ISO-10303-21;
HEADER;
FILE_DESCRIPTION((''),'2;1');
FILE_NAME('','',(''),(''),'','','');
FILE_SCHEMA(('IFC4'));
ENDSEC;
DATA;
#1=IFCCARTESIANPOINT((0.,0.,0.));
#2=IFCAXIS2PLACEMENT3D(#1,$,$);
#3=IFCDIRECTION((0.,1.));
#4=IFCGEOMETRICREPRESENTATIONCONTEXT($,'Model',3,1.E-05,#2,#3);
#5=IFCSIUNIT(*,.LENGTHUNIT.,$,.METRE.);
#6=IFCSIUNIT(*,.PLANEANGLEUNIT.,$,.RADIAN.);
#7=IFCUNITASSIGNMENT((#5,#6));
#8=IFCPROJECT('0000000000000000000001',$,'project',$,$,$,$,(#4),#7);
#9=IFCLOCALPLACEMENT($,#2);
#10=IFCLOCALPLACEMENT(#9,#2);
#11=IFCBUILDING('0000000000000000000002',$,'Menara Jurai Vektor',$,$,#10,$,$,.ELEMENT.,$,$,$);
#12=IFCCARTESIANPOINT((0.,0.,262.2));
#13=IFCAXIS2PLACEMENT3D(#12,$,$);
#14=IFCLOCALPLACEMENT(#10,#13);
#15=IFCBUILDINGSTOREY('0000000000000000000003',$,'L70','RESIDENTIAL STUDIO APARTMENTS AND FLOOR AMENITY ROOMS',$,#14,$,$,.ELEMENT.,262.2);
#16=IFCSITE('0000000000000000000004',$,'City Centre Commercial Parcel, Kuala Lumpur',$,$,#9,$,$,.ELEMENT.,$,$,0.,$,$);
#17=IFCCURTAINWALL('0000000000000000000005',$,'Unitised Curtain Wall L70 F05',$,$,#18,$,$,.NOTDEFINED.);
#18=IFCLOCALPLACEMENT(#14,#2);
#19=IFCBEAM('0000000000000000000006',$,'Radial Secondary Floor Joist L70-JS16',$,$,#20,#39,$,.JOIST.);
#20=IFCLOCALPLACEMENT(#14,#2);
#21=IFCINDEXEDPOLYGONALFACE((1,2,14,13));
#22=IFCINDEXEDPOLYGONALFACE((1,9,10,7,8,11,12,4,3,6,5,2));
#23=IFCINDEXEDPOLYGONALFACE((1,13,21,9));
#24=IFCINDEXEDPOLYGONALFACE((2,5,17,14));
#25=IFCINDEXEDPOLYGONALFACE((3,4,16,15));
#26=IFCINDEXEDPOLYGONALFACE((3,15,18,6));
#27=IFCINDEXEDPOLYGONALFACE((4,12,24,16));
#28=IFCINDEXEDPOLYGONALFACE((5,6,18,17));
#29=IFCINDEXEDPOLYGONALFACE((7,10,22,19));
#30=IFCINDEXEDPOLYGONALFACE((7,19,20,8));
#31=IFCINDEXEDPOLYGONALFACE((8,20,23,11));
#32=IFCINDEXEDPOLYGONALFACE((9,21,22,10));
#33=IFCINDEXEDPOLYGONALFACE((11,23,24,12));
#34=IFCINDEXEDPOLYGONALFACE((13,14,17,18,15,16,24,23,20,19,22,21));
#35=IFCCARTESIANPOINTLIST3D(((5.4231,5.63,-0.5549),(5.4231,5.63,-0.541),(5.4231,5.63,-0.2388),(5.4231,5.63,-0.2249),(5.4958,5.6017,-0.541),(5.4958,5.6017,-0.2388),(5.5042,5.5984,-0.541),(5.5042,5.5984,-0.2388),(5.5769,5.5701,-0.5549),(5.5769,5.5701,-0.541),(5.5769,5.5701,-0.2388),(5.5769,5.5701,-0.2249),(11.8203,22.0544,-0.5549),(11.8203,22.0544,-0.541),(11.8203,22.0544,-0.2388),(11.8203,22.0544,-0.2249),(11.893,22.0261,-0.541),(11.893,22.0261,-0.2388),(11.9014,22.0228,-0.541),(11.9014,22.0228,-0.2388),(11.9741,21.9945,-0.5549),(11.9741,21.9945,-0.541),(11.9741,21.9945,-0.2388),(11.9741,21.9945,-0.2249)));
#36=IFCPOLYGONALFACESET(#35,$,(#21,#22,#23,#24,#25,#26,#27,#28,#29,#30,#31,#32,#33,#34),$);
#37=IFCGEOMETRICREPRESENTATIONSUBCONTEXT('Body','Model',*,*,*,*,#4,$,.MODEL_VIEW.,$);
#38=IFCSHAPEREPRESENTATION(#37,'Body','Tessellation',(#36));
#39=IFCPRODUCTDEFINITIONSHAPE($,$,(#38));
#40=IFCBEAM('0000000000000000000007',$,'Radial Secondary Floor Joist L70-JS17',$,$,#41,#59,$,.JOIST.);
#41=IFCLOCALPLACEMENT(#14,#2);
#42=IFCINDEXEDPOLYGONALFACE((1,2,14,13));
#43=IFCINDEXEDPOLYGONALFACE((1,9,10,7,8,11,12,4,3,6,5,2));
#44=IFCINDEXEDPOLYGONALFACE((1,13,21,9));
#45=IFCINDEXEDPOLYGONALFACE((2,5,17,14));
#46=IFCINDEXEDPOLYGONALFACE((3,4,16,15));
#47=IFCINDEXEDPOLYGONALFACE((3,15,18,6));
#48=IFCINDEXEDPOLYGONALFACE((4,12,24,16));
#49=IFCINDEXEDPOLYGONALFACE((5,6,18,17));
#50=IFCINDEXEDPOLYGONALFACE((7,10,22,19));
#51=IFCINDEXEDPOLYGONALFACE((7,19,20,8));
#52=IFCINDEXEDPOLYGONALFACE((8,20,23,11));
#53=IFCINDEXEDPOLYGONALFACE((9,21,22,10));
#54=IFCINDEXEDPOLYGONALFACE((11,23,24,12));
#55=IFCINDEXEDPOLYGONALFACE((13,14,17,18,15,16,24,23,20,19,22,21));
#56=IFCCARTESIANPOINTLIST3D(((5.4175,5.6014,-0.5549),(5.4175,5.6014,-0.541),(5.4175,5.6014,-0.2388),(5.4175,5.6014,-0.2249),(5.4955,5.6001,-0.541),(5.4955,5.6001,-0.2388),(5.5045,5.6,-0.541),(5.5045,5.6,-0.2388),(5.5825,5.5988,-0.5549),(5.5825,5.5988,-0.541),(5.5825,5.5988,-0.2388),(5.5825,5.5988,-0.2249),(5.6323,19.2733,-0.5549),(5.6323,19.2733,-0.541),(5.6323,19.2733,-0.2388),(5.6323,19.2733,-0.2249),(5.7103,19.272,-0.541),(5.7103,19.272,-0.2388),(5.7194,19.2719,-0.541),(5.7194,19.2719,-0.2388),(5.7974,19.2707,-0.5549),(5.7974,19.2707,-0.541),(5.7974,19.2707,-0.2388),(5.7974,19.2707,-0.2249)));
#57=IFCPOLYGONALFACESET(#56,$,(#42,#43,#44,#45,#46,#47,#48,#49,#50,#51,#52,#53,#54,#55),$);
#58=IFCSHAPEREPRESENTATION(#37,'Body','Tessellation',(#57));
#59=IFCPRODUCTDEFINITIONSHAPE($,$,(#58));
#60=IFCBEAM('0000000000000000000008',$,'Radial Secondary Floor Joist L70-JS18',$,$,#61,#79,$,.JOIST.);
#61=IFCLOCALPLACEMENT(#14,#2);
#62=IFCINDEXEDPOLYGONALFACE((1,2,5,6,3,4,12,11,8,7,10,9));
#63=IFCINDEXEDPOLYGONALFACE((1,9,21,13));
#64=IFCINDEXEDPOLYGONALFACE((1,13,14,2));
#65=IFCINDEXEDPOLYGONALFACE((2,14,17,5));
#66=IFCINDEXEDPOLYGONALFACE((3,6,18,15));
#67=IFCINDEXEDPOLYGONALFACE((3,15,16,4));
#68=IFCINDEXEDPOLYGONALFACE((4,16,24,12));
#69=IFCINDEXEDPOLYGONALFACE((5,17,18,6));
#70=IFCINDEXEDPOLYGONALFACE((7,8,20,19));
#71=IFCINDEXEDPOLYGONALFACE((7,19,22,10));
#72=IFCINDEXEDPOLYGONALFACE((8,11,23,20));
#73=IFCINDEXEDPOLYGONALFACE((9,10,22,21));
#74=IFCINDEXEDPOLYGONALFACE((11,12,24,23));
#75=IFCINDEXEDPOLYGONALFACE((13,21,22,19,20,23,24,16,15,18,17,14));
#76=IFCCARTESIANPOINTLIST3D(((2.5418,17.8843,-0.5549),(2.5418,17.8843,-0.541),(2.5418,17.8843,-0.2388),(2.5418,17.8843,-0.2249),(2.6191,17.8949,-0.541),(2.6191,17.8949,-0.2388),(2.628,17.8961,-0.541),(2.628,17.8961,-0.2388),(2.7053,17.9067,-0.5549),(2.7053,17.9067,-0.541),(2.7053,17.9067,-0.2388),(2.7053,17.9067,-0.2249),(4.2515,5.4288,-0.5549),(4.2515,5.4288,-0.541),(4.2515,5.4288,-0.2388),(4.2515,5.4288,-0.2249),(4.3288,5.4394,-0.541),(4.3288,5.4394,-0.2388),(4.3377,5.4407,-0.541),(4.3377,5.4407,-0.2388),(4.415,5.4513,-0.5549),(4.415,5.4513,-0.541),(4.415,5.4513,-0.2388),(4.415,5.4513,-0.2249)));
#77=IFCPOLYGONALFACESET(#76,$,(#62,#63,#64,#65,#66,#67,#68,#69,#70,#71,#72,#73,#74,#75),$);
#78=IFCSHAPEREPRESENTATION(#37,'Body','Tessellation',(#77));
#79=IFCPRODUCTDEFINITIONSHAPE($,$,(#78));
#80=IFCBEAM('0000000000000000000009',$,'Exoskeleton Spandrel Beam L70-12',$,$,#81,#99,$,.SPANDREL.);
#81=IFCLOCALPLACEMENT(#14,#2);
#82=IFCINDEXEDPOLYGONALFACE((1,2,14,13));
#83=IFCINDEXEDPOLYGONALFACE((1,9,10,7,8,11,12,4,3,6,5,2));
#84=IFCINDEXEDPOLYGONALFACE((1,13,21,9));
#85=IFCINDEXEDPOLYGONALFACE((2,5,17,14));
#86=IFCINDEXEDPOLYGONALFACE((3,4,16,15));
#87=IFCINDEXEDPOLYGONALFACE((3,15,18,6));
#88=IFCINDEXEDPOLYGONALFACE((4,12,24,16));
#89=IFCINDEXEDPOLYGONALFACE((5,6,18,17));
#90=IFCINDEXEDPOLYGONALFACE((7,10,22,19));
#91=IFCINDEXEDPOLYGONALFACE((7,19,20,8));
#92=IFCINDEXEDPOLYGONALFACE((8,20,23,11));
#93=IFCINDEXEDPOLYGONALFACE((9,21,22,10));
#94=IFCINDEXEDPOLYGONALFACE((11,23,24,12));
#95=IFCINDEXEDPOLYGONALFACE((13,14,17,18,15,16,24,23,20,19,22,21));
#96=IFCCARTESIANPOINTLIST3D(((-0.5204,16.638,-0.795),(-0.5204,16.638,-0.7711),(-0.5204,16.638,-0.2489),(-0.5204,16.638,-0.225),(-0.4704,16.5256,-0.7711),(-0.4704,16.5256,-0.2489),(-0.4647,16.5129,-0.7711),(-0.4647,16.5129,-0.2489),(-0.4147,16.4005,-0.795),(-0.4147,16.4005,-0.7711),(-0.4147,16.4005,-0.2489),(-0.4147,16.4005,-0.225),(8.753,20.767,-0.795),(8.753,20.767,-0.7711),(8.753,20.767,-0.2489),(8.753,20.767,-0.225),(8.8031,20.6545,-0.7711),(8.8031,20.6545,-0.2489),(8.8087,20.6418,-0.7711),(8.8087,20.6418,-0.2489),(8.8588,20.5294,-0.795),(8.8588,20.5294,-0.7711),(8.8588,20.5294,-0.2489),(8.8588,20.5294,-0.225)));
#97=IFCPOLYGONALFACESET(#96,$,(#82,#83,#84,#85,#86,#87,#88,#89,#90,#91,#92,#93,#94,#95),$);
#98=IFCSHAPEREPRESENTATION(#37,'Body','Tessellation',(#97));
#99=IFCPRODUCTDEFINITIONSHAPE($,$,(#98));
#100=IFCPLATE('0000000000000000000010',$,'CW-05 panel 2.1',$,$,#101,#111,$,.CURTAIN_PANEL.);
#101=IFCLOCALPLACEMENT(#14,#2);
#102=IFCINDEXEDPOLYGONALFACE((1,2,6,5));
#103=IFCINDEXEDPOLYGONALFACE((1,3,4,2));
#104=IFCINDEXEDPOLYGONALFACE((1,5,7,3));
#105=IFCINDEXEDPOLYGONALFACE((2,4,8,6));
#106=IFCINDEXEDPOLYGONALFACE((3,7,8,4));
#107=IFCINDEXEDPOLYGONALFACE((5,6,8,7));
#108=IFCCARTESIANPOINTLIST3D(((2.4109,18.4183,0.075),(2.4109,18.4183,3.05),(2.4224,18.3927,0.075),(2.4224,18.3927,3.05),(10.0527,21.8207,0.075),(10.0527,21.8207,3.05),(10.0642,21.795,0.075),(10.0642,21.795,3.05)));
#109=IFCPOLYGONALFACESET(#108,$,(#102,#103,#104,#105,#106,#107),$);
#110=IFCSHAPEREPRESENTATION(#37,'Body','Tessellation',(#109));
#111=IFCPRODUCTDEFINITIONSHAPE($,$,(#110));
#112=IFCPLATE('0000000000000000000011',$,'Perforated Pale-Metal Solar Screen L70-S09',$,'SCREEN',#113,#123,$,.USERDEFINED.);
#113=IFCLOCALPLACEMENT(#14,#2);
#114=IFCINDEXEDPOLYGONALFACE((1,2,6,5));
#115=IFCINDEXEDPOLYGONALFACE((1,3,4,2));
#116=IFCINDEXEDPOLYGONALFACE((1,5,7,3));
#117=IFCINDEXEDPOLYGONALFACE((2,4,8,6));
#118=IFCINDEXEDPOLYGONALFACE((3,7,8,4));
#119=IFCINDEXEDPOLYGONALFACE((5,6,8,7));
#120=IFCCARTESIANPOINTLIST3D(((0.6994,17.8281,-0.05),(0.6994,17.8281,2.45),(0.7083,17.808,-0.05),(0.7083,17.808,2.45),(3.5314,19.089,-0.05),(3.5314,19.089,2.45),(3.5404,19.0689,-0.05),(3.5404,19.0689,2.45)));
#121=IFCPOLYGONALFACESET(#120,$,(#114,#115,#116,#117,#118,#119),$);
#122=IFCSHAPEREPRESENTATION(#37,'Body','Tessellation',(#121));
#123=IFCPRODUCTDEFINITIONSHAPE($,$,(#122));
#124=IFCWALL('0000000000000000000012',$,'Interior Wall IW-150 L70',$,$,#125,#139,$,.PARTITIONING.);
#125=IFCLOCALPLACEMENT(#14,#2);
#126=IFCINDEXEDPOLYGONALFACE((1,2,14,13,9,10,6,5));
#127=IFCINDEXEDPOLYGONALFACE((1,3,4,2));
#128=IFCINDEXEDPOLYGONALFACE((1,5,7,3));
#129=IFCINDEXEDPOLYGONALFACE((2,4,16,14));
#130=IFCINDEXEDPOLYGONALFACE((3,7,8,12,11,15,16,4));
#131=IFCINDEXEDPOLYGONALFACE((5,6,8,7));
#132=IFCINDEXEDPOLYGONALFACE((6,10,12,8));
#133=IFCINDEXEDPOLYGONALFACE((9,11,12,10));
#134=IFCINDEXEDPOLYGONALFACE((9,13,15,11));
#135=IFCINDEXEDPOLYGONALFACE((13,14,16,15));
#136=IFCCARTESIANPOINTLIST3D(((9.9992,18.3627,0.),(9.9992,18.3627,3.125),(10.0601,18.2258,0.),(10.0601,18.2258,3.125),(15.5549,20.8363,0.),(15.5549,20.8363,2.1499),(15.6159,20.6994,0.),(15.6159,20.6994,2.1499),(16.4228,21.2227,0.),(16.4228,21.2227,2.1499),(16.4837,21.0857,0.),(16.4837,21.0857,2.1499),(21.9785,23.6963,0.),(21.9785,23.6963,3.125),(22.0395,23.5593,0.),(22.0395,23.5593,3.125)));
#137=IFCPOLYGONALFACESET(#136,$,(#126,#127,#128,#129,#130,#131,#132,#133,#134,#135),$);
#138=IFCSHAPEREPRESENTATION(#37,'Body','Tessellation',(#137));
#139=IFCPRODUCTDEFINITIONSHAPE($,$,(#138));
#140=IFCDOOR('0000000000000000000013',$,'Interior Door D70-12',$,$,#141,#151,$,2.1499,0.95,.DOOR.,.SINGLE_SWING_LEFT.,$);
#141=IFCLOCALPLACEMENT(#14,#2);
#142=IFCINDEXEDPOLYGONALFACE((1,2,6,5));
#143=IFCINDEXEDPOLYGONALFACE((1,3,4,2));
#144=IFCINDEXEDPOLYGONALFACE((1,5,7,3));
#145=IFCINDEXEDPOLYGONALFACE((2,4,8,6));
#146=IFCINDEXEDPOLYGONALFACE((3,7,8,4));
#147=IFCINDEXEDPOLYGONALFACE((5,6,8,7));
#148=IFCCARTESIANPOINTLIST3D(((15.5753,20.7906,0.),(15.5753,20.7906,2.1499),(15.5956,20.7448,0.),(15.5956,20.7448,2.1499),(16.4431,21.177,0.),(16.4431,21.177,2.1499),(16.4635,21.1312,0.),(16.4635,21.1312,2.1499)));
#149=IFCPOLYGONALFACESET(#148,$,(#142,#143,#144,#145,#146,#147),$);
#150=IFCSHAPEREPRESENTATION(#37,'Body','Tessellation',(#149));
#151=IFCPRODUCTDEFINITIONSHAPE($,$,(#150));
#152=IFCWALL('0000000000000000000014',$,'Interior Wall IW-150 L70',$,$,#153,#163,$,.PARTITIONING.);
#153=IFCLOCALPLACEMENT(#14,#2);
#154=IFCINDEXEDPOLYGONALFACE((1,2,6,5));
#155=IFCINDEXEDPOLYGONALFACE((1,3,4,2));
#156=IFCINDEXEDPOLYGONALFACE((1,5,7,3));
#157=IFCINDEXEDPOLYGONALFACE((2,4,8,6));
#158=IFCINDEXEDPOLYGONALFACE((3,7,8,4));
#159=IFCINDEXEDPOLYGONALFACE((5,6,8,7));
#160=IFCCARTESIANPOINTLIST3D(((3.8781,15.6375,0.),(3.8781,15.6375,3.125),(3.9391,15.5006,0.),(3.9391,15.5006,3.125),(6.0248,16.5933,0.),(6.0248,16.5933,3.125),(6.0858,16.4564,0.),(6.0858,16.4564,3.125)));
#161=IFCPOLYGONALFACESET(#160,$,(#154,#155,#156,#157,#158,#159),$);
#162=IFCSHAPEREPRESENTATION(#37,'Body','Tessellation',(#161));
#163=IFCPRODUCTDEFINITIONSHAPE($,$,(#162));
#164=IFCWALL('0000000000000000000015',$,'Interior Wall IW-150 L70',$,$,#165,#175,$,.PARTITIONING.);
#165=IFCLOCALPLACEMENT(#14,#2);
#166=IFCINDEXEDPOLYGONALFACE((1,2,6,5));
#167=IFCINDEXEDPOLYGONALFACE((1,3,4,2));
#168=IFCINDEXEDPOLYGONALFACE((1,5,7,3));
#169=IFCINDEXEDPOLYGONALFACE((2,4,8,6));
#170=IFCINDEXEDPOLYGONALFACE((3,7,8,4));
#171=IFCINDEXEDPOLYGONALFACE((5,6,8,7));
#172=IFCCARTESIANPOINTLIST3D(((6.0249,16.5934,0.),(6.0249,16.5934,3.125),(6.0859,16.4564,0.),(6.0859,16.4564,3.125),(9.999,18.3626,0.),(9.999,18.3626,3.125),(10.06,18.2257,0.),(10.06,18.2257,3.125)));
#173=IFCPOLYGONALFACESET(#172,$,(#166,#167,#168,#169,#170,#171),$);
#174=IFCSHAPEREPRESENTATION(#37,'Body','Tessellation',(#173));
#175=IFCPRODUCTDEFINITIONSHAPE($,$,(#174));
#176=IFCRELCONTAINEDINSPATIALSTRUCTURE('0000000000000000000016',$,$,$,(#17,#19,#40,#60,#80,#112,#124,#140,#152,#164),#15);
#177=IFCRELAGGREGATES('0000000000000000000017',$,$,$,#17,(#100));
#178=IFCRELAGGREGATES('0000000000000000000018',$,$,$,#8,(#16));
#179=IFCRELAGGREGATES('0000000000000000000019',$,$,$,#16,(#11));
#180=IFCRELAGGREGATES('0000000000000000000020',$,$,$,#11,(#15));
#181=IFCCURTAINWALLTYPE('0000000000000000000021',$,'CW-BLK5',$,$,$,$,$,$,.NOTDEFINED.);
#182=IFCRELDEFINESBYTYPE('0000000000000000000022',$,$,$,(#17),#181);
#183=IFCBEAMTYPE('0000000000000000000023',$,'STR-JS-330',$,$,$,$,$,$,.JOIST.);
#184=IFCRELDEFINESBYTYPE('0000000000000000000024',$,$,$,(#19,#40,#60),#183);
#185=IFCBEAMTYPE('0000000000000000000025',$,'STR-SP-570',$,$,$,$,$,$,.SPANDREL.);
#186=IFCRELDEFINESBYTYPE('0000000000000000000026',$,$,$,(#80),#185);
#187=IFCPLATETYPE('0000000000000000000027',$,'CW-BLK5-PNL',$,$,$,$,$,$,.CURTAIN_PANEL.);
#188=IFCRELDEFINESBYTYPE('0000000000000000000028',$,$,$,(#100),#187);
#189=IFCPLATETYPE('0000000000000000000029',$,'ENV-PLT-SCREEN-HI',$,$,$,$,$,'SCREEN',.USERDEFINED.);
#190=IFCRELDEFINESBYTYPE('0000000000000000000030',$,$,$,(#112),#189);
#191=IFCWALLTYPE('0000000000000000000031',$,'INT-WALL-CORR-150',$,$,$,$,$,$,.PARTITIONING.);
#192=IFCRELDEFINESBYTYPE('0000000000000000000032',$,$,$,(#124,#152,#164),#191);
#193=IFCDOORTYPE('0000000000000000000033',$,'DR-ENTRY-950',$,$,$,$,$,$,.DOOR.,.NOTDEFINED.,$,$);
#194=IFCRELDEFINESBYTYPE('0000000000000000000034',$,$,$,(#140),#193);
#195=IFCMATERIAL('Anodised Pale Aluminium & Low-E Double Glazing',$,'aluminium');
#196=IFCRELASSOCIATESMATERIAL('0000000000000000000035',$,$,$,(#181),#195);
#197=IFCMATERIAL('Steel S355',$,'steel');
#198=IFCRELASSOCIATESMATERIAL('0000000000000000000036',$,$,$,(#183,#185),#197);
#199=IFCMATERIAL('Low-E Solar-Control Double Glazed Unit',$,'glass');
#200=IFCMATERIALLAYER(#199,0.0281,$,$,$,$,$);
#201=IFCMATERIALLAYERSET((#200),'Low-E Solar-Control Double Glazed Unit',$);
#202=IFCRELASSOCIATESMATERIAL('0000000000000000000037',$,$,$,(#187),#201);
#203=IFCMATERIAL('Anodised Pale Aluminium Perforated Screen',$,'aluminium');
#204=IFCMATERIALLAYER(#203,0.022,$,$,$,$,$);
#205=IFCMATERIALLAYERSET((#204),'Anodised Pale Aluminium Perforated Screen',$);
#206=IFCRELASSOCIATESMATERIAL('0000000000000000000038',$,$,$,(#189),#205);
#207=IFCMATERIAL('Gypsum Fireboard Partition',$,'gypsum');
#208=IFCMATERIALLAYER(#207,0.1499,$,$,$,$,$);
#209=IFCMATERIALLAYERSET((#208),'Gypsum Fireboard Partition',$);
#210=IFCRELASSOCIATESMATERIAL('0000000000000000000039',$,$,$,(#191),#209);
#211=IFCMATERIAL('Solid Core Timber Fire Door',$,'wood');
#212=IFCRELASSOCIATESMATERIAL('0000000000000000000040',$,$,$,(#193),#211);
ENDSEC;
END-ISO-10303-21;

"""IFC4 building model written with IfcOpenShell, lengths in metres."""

from ifc_helpers import new_model, si_unit, direction, frame, frame_2d, origin, origin_2d, place, context, subcontext, project, spatial, rectangle, i_section, extrude, material, layer, layer_set, material_profile, profile_set, type_object, element, fill, aggregate, save


model = new_model("IFC4")

# Units and contexts
model_context = context("Model", 3, precision=1e-05, world=origin(), true_north=direction((0.0, 1.0)))
body_context = subcontext(model_context, "Body", "Model", "MODEL_VIEW")
ifc_project = project(units=[si_unit("LENGTHUNIT", "METRE"), si_unit("PLANEANGLEUNIT", "RADIAN")], contexts=[model_context])

# Site, building, storey
site_placement = place(None, origin())
site = spatial("IfcSite", under=ifc_project, at=site_placement, Name="City Centre Commercial Parcel, Kuala Lumpur", CompositionType="ELEMENT", RefElevation=0.0)
building_placement = place(site_placement, origin())
building = spatial("IfcBuilding", under=site, at=building_placement, Name="Menara Jurai Vektor", CompositionType="ELEMENT")
storey_placement = place(building_placement, frame((0.0, 0.0, 262.2)))
storey = spatial("IfcBuildingStorey", under=building, at=storey_placement, Name="L70", Description="RESIDENTIAL STUDIO APARTMENTS AND FLOOR AMENITY ROOMS", CompositionType="ELEMENT", Elevation=262.2)

# Curtain wall
ifc_material_1 = material(Name="Anodised Pale Aluminium & Low-E Double Glazing", Category="aluminium")
curtain_wall_type = type_object("IfcCurtainWallType", Name="CW-BLK5", PredefinedType="NOTDEFINED", material=ifc_material_1)
curtain_wall_placement = place(storey_placement, origin())
curtain_wall = element("IfcCurtainWall", 1, at=curtain_wall_placement, inside=storey, type_object=curtain_wall_type, Name="Unitised Curtain Wall L70 F05", PredefinedType="NOTDEFINED")

# Beams
ifc_material_2 = material(Name="Steel S355", Category="steel")
ifc_material_profile_1 = material_profile(ifc_material_2, i_section(OverallWidth=0.165, OverallDepth=0.3301, WebThickness=0.009, FlangeThickness=0.0139, at=origin_2d()), Name="PG 330x165x46")
ifc_profile_set_1 = profile_set([ifc_material_profile_1], Name="Steel S355")
beam_type_1 = type_object("IfcBeamType", Name="STR-JS-330", PredefinedType="JOIST", material=ifc_profile_set_1)
beam_1_placement = place(storey_placement, frame((11.8972, 22.0244, -0.3899), z_axis=(-0.362938, -0.931813, 0.0), x_axis=(0.931813, -0.362938, 0.0)))
element("IfcBeam", 2, at=beam_1_placement, inside=storey, type_object=beam_type_1, Name="Radial Secondary Floor Joist L70-JS16", PredefinedType="JOIST", context=body_context, shape_type="SweptSolid", body=[
    extrude(i_section(OverallWidth=0.165, OverallDepth=0.3301, WebThickness=0.009, FlangeThickness=0.0139, at=origin_2d()), origin(), (0.0, 0.0, 1.0), 17.6262),
])
beam_2_placement = place(storey_placement, frame((5.7148, 19.272, -0.3899), z_axis=(-0.015712, -0.999877, 0.0), x_axis=(0.999877, -0.015712, 0.0)))
element("IfcBeam", 3, at=beam_2_placement, inside=storey, type_object=beam_type_1, Name="Radial Secondary Floor Joist L70-JS17", PredefinedType="JOIST", context=body_context, shape_type="SweptSolid", body=[
    extrude(i_section(OverallWidth=0.165, OverallDepth=0.3301, WebThickness=0.009, FlangeThickness=0.0139, at=origin_2d()), origin(), (0.0, 0.0, 1.0), 13.6736),
])
beam_3_placement = place(storey_placement, frame((2.6235, 17.8955, -0.3899), z_axis=(0.13599, -0.99071, 0.0), x_axis=(0.99071, 0.13599, 0.0)))
element("IfcBeam", 4, at=beam_3_placement, inside=storey, type_object=beam_type_1, Name="Radial Secondary Floor Joist L70-JS18", PredefinedType="JOIST", context=body_context, shape_type="SweptSolid", body=[
    extrude(i_section(OverallWidth=0.165, OverallDepth=0.3301, WebThickness=0.009, FlangeThickness=0.0139, at=origin_2d()), origin(), (0.0, 0.0, 1.0), 12.5723),
])
ifc_material_profile_2 = material_profile(ifc_material_2, i_section(OverallWidth=0.26, OverallDepth=0.5701, WebThickness=0.0139, FlangeThickness=0.0239, at=origin_2d()), Name="PG 570x260x145")
ifc_profile_set_2 = profile_set([ifc_material_profile_2], Name="Steel S355")
beam_type_2 = type_object("IfcBeamType", Name="STR-SP-570", PredefinedType="SPANDREL", material=ifc_profile_set_2)
beam_4_placement = place(storey_placement, frame((8.8059, 20.6482, -0.51), z_axis=(-0.913542, -0.406745, 0.0), x_axis=(0.406745, -0.913542, 0.0)))
element("IfcBeam", 5, at=beam_4_placement, inside=storey, type_object=beam_type_2, Name="Exoskeleton Spandrel Beam L70-12", PredefinedType="SPANDREL", context=body_context, shape_type="SweptSolid", body=[
    extrude(i_section(OverallWidth=0.26, OverallDepth=0.5701, WebThickness=0.0139, FlangeThickness=0.0239, at=origin_2d()), origin(), (0.0, 0.0, 1.0), 10.1511),
])

# Plates
ifc_material_3 = material(Name="Low-E Solar-Control Double Glazed Unit", Category="glass")
ifc_layer_1 = layer(ifc_material_3, 0.0281)
ifc_layer_set_1 = layer_set([ifc_layer_1], Name="Low-E Solar-Control Double Glazed Unit")
plate_type_1 = type_object("IfcPlateType", Name="CW-BLK5-PNL", PredefinedType="CURTAIN_PANEL", material=ifc_layer_set_1)
plate_1_placement = place(storey_placement, frame((6.2375, 20.1067, 0.075), z_axis=(0.0, 0.0, 1.0), x_axis=(-0.913546, -0.406735, 0.0)))
plate_1 = element("IfcPlate", 6, at=plate_1_placement, type_object=plate_type_1, Name="CW-05 panel 2.1", PredefinedType="CURTAIN_PANEL", context=body_context, shape_type="SweptSolid", body=[
    extrude(rectangle(XDim=8.365, YDim=0.0281, at=origin_2d()), origin(), (0.0, 0.0, 1.0), 2.9751),
])
aggregate(curtain_wall, [plate_1])
ifc_material_4 = material(Name="Anodised Pale Aluminium Perforated Screen", Category="aluminium")
ifc_layer_2 = layer(ifc_material_4, 0.022)
ifc_layer_set_2 = layer_set([ifc_layer_2], Name="Anodised Pale Aluminium Perforated Screen")
plate_type_2 = type_object("IfcPlateType", Name="ENV-PLT-SCREEN-HI", ElementType="SCREEN", PredefinedType="USERDEFINED", material=ifc_layer_set_2)
plate_2_placement = place(storey_placement, frame((2.1199, 18.4485, -0.05), z_axis=(0.0, 0.0, 1.0), x_axis=(-0.913545, -0.406737, 0.0)))
element("IfcPlate", 7, at=plate_2_placement, inside=storey, type_object=plate_type_2, Name="Perforated Pale-Metal Solar Screen L70-S09", ObjectType="SCREEN", PredefinedType="USERDEFINED", context=body_context, shape_type="SweptSolid", body=[
    extrude(rectangle(XDim=3.1001, YDim=0.022, at=origin_2d()), origin(), (0.0, 0.0, 1.0), 2.5),
])

# Wall, opening, door
ifc_material_5 = material(Name="Gypsum Fireboard Partition", Category="gypsum")
ifc_layer_3 = layer(ifc_material_5, 0.1499)
ifc_layer_set_3 = layer_set([ifc_layer_3], Name="Gypsum Fireboard Partition")
wall_type_1 = type_object("IfcWallType", Name="INT-WALL-CORR-150", PredefinedType="PARTITIONING", material=ifc_layer_set_3)
wall_1_placement = place(storey_placement, frame((10.0295, 18.2942, 0.0), z_axis=(0.0, 0.0, 1.0), x_axis=(0.913546, 0.406736, 0.0)))
wall_1 = element("IfcWall", 8, at=wall_1_placement, inside=storey, type_object=wall_type_1, Name="Interior Wall IW-150 L70", PredefinedType="PARTITIONING", context=body_context, shape_type="SweptSolid", body=[
    extrude(rectangle(XDim=13.113, YDim=0.1499, at=frame_2d((6.5566, 0.0))), origin(), (0.0, 0.0, 1.0), 3.125),
])
opening_1_placement = place(wall_1_placement, frame((6.0815, 0.0, 0.0)))
opening_1 = element("IfcOpeningElement", 9, at=opening_1_placement, cuts=wall_1, PredefinedType="OPENING", context=body_context, shape_type="SweptSolid", body=[
    extrude(rectangle(XDim=0.95, YDim=2.1499, at=frame_2d((0.4751, 1.075))), frame((0.0, 0.085, 0.0), z_axis=(0.0, -1.0, 0.0), x_axis=(1.0, 0.0, 0.0)), (0.0, 0.0, 1.0), 0.1699),
])
ifc_material_6 = material(Name="Solid Core Timber Fire Door", Category="wood")
door_type_1 = type_object("IfcDoorType", Name="DR-ENTRY-950", OperationType="NOTDEFINED", PredefinedType="DOOR", material=ifc_material_6)
door_1_placement = place(opening_1_placement, origin())
door_1 = element("IfcDoor", 10, at=door_1_placement, inside=storey, type_object=door_type_1, Name="Interior Door D70-12", OperationType="SINGLE_SWING_LEFT", OverallHeight=2.1499, OverallWidth=0.95, PredefinedType="DOOR", context=body_context, shape_type="SweptSolid", body=[
    extrude(rectangle(XDim=0.95, YDim=2.1499, at=frame_2d((0.4751, 1.075))), frame((0.0, 0.0249, 0.0), z_axis=(0.0, -1.0, 0.0), x_axis=(1.0, 0.0, 0.0)), (0.0, 0.0, 1.0), 0.05),
])
fill(opening_1, door_1)

# Walls
wall_2_placement = place(storey_placement, frame((3.9087, 15.5691, 0.0), z_axis=(0.0, 0.0, 1.0), x_axis=(0.913541, 0.406746, 0.0)))
element("IfcWall", 11, at=wall_2_placement, inside=storey, type_object=wall_type_1, Name="Interior Wall IW-150 L70", PredefinedType="PARTITIONING", context=body_context, shape_type="SweptSolid", body=[
    extrude(rectangle(XDim=2.3499, YDim=0.1499, at=frame_2d((1.1748, 0.0))), origin(), (0.0, 0.0, 1.0), 3.125),
])
wall_3_placement = place(storey_placement, frame((6.0554, 16.5249, 0.0), z_axis=(0.0, 0.0, 1.0), x_axis=(0.913554, 0.406716, 0.0)))
element("IfcWall", 12, at=wall_3_placement, inside=storey, type_object=wall_type_1, Name="Interior Wall IW-150 L70", PredefinedType="PARTITIONING", context=body_context, shape_type="SweptSolid", body=[
    extrude(rectangle(XDim=4.3501, YDim=0.1499, at=frame_2d((2.175, 0.0))), origin(), (0.0, 0.0, 1.0), 3.125),
])

save(model, "model.ifc")
